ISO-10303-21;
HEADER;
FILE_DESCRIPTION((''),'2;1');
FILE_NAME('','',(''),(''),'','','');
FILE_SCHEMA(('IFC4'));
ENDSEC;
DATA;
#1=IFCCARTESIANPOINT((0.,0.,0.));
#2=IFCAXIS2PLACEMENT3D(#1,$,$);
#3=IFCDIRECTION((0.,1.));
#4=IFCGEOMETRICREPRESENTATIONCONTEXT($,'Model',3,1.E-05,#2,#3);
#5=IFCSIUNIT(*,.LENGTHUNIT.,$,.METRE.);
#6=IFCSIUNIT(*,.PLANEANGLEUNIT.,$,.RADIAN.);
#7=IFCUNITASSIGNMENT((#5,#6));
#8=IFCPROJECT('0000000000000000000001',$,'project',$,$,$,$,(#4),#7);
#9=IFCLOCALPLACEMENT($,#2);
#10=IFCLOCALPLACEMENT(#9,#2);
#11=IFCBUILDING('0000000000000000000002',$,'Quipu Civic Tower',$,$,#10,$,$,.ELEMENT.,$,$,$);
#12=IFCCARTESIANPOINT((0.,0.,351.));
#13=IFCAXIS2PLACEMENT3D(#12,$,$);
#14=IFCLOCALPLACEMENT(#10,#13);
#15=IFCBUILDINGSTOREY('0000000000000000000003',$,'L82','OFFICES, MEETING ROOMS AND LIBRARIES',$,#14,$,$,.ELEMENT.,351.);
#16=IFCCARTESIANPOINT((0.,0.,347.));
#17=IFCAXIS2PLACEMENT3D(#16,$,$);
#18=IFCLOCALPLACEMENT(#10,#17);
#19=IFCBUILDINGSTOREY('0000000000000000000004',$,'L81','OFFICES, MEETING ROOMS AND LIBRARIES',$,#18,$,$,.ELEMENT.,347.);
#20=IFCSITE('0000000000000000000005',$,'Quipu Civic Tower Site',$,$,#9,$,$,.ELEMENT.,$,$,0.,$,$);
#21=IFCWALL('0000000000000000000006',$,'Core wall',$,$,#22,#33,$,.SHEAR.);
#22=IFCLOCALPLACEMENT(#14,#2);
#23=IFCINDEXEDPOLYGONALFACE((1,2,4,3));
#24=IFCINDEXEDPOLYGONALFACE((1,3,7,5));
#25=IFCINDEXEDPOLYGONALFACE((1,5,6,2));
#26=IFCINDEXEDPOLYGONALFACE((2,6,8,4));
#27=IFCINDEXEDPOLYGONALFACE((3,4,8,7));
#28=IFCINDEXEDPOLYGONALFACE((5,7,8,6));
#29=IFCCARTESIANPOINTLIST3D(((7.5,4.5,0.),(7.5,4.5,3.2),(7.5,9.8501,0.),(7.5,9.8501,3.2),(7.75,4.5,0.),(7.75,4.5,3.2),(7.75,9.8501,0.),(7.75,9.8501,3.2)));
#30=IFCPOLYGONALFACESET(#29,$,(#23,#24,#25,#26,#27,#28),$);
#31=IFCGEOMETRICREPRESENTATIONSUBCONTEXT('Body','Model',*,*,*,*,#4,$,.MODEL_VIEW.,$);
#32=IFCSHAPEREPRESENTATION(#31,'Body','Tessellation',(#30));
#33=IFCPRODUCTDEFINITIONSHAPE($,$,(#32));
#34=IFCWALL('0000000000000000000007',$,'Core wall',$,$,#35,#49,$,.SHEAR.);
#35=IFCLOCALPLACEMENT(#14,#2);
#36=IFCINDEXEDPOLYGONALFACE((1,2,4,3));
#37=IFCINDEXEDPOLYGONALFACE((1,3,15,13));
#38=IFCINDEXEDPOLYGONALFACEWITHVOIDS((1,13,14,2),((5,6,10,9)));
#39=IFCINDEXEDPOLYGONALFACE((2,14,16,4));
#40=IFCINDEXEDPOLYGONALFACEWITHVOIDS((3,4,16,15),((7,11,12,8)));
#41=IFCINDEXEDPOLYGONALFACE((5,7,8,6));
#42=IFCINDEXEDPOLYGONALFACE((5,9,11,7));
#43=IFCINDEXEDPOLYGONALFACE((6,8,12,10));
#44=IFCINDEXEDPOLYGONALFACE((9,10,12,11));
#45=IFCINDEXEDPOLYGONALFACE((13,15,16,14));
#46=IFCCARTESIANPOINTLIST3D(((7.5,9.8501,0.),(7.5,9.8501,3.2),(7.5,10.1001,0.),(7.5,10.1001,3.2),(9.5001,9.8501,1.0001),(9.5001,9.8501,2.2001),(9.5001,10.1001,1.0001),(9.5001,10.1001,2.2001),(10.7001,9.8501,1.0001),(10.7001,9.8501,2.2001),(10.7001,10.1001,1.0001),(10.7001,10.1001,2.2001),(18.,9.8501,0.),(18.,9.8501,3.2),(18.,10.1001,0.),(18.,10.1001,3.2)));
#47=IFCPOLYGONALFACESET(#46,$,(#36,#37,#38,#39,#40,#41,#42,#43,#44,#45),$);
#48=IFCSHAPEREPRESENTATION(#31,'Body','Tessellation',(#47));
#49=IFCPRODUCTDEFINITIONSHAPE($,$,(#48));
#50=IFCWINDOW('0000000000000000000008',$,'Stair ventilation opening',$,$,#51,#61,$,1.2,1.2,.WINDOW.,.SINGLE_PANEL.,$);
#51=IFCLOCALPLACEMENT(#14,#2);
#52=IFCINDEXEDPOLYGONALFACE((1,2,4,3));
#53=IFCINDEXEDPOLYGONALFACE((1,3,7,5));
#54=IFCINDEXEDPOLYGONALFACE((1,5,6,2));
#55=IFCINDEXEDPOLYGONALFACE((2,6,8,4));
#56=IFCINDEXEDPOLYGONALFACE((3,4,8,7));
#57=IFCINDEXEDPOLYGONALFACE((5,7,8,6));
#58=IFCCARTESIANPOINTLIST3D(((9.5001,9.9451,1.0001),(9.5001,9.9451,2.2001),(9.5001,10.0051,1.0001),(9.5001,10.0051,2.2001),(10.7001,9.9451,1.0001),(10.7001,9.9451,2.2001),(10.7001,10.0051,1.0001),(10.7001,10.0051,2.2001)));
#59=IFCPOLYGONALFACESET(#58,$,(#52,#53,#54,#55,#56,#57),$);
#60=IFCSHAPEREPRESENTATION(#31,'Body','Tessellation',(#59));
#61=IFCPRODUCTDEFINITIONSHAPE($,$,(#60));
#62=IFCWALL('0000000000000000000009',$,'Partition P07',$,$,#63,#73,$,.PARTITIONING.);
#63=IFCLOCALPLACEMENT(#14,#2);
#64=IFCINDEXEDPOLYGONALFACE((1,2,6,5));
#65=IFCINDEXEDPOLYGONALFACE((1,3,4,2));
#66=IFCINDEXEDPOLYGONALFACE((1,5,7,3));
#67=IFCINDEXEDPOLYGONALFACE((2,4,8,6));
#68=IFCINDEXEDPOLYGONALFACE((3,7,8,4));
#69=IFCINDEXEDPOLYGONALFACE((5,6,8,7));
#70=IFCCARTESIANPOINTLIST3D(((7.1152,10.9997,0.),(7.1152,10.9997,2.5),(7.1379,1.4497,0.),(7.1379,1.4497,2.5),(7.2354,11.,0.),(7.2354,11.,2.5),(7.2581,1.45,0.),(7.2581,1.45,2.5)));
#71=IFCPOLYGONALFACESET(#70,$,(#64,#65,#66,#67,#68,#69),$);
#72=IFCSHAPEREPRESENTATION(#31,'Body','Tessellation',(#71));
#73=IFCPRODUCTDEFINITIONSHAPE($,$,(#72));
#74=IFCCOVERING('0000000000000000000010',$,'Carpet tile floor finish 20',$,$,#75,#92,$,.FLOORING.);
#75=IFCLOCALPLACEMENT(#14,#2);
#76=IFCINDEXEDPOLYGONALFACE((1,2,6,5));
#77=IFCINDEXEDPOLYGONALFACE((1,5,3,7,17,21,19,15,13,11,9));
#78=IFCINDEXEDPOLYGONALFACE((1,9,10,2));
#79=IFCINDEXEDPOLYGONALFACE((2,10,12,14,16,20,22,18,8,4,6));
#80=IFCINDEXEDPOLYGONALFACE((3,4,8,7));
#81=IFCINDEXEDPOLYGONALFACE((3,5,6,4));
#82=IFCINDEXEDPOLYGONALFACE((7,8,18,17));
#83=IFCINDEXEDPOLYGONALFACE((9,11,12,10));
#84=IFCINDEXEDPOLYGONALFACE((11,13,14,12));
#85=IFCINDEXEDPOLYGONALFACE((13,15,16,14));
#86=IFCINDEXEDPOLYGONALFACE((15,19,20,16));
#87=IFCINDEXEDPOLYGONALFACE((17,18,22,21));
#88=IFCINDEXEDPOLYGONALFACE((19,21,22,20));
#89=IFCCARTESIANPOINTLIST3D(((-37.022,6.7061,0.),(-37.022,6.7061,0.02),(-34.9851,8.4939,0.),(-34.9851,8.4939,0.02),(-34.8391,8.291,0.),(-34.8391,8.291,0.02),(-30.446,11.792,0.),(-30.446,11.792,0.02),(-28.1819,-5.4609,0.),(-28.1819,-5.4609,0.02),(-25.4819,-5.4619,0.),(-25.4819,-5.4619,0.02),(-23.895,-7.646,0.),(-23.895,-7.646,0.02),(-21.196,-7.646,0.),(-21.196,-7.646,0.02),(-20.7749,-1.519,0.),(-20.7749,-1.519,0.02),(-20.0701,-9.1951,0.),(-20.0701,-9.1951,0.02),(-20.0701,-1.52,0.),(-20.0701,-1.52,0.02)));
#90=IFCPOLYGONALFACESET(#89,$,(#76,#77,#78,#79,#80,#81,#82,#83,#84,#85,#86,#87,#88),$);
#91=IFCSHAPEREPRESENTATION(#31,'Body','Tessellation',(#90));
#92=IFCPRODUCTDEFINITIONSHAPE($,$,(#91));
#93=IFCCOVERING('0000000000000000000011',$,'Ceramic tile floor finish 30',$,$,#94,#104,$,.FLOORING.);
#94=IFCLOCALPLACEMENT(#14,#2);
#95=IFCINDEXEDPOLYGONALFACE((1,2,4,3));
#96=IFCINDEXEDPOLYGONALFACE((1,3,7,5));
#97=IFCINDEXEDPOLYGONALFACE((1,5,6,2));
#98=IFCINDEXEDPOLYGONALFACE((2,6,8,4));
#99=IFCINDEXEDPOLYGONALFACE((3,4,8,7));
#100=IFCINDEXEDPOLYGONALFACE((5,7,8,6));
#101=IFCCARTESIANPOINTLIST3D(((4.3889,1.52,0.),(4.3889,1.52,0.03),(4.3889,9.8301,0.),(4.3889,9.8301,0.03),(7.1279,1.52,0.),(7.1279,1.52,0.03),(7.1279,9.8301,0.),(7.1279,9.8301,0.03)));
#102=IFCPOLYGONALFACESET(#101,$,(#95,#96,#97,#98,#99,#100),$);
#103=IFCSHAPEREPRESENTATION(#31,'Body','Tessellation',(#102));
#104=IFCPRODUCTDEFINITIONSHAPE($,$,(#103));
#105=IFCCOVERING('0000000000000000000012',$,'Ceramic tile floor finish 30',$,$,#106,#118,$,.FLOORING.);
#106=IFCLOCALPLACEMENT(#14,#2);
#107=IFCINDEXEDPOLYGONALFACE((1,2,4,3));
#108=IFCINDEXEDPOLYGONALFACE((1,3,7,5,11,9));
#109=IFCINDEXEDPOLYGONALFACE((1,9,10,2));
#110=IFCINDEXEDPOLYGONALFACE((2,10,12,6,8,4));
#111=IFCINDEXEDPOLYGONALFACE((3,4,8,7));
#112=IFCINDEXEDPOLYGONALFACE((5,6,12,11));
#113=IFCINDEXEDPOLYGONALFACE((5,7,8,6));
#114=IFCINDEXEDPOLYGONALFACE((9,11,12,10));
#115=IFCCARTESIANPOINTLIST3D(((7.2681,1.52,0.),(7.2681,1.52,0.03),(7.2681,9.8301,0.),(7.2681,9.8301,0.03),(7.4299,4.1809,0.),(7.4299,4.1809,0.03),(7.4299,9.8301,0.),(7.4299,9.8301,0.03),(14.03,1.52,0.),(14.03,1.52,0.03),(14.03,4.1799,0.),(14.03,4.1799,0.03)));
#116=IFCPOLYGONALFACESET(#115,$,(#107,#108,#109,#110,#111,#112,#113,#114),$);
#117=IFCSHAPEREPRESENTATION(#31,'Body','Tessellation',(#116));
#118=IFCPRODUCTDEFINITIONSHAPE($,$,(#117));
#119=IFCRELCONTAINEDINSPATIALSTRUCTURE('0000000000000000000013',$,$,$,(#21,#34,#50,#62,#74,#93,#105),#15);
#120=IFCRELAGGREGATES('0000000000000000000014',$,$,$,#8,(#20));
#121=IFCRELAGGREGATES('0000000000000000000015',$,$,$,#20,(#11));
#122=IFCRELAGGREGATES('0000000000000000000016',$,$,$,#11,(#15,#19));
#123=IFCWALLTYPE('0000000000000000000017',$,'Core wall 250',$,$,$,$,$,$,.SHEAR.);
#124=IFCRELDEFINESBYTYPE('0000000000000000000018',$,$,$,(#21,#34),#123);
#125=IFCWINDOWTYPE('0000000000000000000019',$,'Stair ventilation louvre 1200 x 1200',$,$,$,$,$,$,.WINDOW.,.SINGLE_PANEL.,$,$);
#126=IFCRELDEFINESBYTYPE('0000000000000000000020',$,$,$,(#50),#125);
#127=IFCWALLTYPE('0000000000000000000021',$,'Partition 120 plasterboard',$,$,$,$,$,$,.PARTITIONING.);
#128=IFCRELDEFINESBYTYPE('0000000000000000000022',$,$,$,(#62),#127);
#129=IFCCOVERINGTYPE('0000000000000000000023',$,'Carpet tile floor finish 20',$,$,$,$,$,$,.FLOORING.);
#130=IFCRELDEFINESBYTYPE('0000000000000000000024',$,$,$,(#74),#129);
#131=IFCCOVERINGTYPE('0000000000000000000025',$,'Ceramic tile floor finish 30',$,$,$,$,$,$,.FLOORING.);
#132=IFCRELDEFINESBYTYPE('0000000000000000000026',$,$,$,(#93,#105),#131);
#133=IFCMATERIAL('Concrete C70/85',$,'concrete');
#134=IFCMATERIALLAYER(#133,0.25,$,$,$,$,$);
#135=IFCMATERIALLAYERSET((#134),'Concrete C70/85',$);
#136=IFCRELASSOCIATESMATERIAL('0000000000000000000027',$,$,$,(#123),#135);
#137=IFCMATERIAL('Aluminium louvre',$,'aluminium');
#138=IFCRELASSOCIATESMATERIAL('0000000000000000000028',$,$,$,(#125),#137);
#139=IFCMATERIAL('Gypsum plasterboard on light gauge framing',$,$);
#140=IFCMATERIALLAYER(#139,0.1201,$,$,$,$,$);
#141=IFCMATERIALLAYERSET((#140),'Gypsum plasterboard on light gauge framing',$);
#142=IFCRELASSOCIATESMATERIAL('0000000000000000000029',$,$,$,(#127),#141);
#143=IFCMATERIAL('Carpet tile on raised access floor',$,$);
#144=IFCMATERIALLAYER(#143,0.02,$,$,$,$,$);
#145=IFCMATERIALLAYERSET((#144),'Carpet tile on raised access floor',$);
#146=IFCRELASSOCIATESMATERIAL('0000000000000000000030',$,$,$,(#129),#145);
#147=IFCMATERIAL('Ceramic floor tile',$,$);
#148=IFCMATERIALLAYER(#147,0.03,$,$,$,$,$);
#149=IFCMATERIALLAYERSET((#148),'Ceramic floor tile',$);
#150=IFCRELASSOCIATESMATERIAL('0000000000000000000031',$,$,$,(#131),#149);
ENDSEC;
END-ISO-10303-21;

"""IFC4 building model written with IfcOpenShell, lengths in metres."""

from ifc_helpers import new_model, si_unit, direction, frame, frame_2d, origin, place, context, subcontext, project, spatial, polyline, rectangle, outline, extrude, material, layer, layer_set, type_object, element, fill, save


model = new_model("IFC4")

# Units and contexts
model_context = context("Model", 3, precision=1e-05, world=origin(), true_north=direction((0.0, 1.0)))
body_context = subcontext(model_context, "Body", "Model", "MODEL_VIEW")
ifc_project = project(units=[si_unit("LENGTHUNIT", "METRE"), si_unit("PLANEANGLEUNIT", "RADIAN")], contexts=[model_context])

# Site, building, storey
site_placement = place(None, origin())
site = spatial("IfcSite", under=ifc_project, at=site_placement, Name="Quipu Civic Tower Site", CompositionType="ELEMENT", RefElevation=0.0)
building_placement = place(site_placement, origin())
building = spatial("IfcBuilding", under=site, at=building_placement, Name="Quipu Civic Tower", CompositionType="ELEMENT")
storey_1_placement = place(building_placement, frame((0.0, 0.0, 351.0)))
storey_1 = spatial("IfcBuildingStorey", under=building, at=storey_1_placement, Name="L82", Description="OFFICES, MEETING ROOMS AND LIBRARIES", CompositionType="ELEMENT", Elevation=351.0)

# Shared definitions
storey_2_placement = place(building_placement, frame((0.0, 0.0, 347.0)))
storey_2 = spatial("IfcBuildingStorey", under=building, at=storey_2_placement, Name="L81", Description="OFFICES, MEETING ROOMS AND LIBRARIES", CompositionType="ELEMENT", Elevation=347.0)

# Shared definitions
ifc_material_1 = material(Name="Concrete C70/85", Category="concrete")
ifc_layer_1 = layer(ifc_material_1, 0.25)
ifc_layer_set_1 = layer_set([ifc_layer_1], Name="Concrete C70/85")
wall_type_1 = type_object("IfcWallType", Name="Core wall 250", PredefinedType="SHEAR", material=ifc_layer_set_1)

# Wall
wall_1_placement = place(storey_1_placement, frame((7.625, 4.5, 0.0), z_axis=(0.0, 0.0, 1.0), x_axis=(0.0, 1.0, 0.0)))
element("IfcWall", 1, at=wall_1_placement, inside=storey_1, type_object=wall_type_1, Name="Core wall", PredefinedType="SHEAR", context=body_context, shape_type="SweptSolid", body=[
    extrude(rectangle(XDim=5.3501, YDim=0.25, at=frame_2d((2.675, 0.0))), origin(), (0.0, 0.0, 1.0), 3.2),
])

# Wall, opening, window
wall_2_placement = place(storey_1_placement, frame((7.5, 9.9751, 0.0), z_axis=(0.0, 0.0, 1.0), x_axis=(1.0, 0.0, 0.0)))
wall_2 = element("IfcWall", 2, at=wall_2_placement, inside=storey_1, type_object=wall_type_1, Name="Core wall", PredefinedType="SHEAR", context=body_context, shape_type="SweptSolid", body=[
    extrude(rectangle(XDim=10.5, YDim=0.25, at=frame_2d((5.25, 0.0))), origin(), (0.0, 0.0, 1.0), 3.2),
])
opening_1_placement = place(wall_2_placement, frame((2.0, 0.0, 1.0)))
opening_1 = element("IfcOpeningElement", 3, at=opening_1_placement, cuts=wall_2, PredefinedType="OPENING", context=body_context, shape_type="SweptSolid", body=[
    extrude(rectangle(XDim=1.2, YDim=1.2, at=frame_2d((0.6001, 0.6001))), frame((0.0, 0.135, 0.0), z_axis=(0.0, -1.0, 0.0), x_axis=(1.0, 0.0, 0.0)), (0.0, 0.0, 1.0), 0.27),
])
ifc_material_2 = material(Name="Aluminium louvre", Category="aluminium")
window_type = type_object("IfcWindowType", Name="Stair ventilation louvre 1200 x 1200", PartitioningType="SINGLE_PANEL", PredefinedType="WINDOW", material=ifc_material_2)
window_placement = place(opening_1_placement, origin())
window = element("IfcWindow", 4, at=window_placement, inside=storey_1, type_object=window_type, Name="Stair ventilation opening", OverallHeight=1.2, OverallWidth=1.2, PartitioningType="SINGLE_PANEL", PredefinedType="WINDOW", context=body_context, shape_type="SweptSolid", body=[
    extrude(rectangle(XDim=1.2, YDim=1.2, at=frame_2d((0.6001, 0.6001))), frame((0.0, 0.03, 0.0), z_axis=(0.0, -1.0, 0.0), x_axis=(1.0, 0.0, 0.0)), (0.0, 0.0, 1.0), 0.0601),
])
fill(opening_1, window)

# Wall
ifc_material_3 = material(Name="Gypsum plasterboard on light gauge framing")
ifc_layer_2 = layer(ifc_material_3, 0.1201)
ifc_layer_set_2 = layer_set([ifc_layer_2], Name="Gypsum plasterboard on light gauge framing")
wall_type_2 = type_object("IfcWallType", Name="Partition 120 plasterboard", PredefinedType="PARTITIONING", material=ifc_layer_set_2)
wall_3_placement = place(storey_1_placement, frame((7.198, 1.45, 0.0), z_axis=(0.0, 0.0, 1.0), x_axis=(-0.002377, 0.999997, 0.0)))
element("IfcWall", 5, at=wall_3_placement, inside=storey_1, type_object=wall_type_2, Name="Partition P07", PredefinedType="PARTITIONING", context=body_context, shape_type="SweptSolid", body=[
    extrude(rectangle(XDim=9.55, YDim=0.1201, at=frame_2d((4.7749, 0.0))), origin(), (0.0, 0.0, 1.0), 2.5),
])

# Coverings
ifc_material_4 = material(Name="Carpet tile on raised access floor")
ifc_layer_3 = layer(ifc_material_4, 0.02)
ifc_layer_set_3 = layer_set([ifc_layer_3], Name="Carpet tile on raised access floor")
covering_type_1 = type_object("IfcCoveringType", Name="Carpet tile floor finish 20", PredefinedType="FLOORING", material=ifc_layer_set_3)
covering_1_placement = place(storey_1_placement, origin())
element("IfcCovering", 6, at=covering_1_placement, inside=storey_1, type_object=covering_type_1, Name="Carpet tile floor finish 20", PredefinedType="FLOORING", context=body_context, shape_type="SweptSolid", body=[
    extrude(outline(polyline([(-37.022, 6.7061), (-34.8391, 8.291), (-34.9851, 8.4939), (-30.446, 11.792), (-20.7749, -1.519), (-20.0701, -1.52), (-20.0701, -9.1951), (-21.196, -7.646), (-23.895, -7.646), (-25.4819, -5.4619), (-28.1819, -5.4609), (-37.022, 6.7061)])), origin(), (0.0, 0.0, 1.0), 0.02),
])
ifc_material_5 = material(Name="Ceramic floor tile")
ifc_layer_4 = layer(ifc_material_5, 0.03)
ifc_layer_set_4 = layer_set([ifc_layer_4], Name="Ceramic floor tile")
covering_type_2 = type_object("IfcCoveringType", Name="Ceramic tile floor finish 30", PredefinedType="FLOORING", material=ifc_layer_set_4)
covering_2_placement = place(storey_1_placement, origin())
element("IfcCovering", 7, at=covering_2_placement, inside=storey_1, type_object=covering_type_2, Name="Ceramic tile floor finish 30", PredefinedType="FLOORING", context=body_context, shape_type="SweptSolid", body=[
    extrude(outline(polyline([(4.3889, 1.52), (4.3889, 9.8301), (7.1279, 9.8301), (7.1279, 1.52), (4.3889, 1.52)])), origin(), (0.0, 0.0, 1.0), 0.03),
])
covering_3_placement = place(storey_1_placement, origin())
element("IfcCovering", 8, at=covering_3_placement, inside=storey_1, type_object=covering_type_2, Name="Ceramic tile floor finish 30", PredefinedType="FLOORING", context=body_context, shape_type="SweptSolid", body=[
    extrude(outline(polyline([(7.2681, 1.52), (7.2681, 9.8301), (7.4299, 9.8301), (7.4299, 4.1809), (14.03, 4.1799), (14.03, 1.52), (7.2681, 1.52)])), origin(), (0.0, 0.0, 1.0), 0.03),
])

save(model, "model.ifc")
